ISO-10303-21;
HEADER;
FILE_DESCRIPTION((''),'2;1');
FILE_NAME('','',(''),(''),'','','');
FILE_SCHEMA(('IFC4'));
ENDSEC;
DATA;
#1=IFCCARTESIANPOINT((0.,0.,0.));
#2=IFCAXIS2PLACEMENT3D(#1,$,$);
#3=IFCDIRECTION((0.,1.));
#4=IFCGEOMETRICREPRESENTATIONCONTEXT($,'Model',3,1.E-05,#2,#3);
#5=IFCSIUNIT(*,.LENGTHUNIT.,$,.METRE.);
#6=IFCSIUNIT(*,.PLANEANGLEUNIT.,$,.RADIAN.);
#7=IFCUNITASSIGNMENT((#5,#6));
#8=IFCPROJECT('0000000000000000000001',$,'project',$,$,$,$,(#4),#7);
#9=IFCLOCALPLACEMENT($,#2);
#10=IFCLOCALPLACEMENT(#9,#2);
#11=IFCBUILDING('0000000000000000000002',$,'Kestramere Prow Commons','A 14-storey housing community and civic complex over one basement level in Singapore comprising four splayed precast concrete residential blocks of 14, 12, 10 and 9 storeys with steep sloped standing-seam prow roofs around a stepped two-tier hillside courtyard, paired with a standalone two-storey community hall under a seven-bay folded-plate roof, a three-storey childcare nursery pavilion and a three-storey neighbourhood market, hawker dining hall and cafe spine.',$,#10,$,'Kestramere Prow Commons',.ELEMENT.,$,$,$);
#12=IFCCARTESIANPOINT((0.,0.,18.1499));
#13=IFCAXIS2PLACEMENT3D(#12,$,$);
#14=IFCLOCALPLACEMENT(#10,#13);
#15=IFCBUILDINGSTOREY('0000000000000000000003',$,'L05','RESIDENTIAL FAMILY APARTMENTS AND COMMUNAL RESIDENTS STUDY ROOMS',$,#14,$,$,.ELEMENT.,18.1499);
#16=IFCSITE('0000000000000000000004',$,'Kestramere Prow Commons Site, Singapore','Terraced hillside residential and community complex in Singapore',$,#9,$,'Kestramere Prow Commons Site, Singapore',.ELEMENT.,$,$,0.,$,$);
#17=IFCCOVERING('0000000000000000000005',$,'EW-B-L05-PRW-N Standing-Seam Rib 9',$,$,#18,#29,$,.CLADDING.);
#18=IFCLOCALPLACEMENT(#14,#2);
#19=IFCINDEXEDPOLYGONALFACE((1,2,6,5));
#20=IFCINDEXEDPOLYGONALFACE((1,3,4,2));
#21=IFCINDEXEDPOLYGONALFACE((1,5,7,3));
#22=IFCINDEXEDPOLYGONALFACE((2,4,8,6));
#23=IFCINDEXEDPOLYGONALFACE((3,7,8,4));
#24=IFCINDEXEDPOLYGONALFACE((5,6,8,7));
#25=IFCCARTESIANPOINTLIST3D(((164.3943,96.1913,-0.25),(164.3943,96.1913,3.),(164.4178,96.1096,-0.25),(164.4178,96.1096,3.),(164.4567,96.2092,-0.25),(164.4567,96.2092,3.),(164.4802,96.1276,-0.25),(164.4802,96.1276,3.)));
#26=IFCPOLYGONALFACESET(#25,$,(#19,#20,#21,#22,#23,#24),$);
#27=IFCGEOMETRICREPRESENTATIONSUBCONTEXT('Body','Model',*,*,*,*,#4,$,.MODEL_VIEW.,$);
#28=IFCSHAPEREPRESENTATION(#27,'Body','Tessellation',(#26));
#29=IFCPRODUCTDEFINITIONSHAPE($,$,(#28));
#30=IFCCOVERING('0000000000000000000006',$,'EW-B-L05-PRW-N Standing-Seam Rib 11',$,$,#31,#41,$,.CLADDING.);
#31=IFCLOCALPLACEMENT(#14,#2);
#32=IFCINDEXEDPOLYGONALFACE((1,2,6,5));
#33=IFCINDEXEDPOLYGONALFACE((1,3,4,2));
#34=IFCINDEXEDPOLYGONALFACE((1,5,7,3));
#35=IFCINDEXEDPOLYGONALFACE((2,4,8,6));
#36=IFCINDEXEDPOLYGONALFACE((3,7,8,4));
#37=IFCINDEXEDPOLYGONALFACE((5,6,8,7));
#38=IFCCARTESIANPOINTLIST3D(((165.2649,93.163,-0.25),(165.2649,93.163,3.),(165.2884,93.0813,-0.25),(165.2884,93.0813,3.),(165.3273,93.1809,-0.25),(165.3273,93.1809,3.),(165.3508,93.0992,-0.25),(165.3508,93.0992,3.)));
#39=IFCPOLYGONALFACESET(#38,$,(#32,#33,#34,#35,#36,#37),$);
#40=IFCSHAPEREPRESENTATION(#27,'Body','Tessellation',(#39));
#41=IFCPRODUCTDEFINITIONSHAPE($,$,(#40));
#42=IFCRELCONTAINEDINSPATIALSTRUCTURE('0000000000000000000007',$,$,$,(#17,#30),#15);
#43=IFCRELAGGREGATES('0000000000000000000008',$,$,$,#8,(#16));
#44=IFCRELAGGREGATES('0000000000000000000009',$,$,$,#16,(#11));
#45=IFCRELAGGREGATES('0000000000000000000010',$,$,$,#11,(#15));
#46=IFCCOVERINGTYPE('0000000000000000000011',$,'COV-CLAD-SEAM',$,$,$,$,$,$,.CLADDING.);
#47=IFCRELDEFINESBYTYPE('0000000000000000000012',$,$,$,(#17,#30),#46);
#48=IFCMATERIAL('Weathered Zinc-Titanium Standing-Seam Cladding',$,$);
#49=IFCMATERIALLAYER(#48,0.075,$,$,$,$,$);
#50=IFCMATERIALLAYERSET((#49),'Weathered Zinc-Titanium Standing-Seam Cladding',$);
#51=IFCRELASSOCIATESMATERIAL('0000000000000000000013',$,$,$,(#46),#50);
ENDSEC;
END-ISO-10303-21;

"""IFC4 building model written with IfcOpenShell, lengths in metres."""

from ifc_helpers import new_model, si_unit, direction, frame, origin, origin_2d, place, context, subcontext, project, spatial, rectangle, extrude, material, layer, layer_set, type_object, element, save


model = new_model("IFC4")

# Units and contexts
model_context = context("Model", 3, precision=1e-05, world=origin(), true_north=direction((0.0, 1.0)))
body_context = subcontext(model_context, "Body", "Model", "MODEL_VIEW")
ifc_project = project(units=[si_unit("LENGTHUNIT", "METRE"), si_unit("PLANEANGLEUNIT", "RADIAN")], contexts=[model_context])

# Site, building, storey
site_placement = place(None, origin())
site = spatial("IfcSite", under=ifc_project, at=site_placement, Name="Kestramere Prow Commons Site, Singapore", Description="Terraced hillside residential and community complex in Singapore", LongName="Kestramere Prow Commons Site, Singapore", CompositionType="ELEMENT", RefElevation=0.0)
building_placement = place(site_placement, origin())
building = spatial("IfcBuilding", under=site, at=building_placement, Name="Kestramere Prow Commons", Description="A 14-storey housing community and civic complex over one basement level in Singapore comprising four splayed precast concrete residential blocks of 14, 12, 10 and 9 storeys with steep sloped standing-seam prow roofs around a stepped two-tier hillside courtyard, paired with a standalone two-storey community hall under a seven-bay folded-plate roof, a three-storey childcare nursery pavilion and a three-storey neighbourhood market, hawker dining hall and cafe spine.", LongName="Kestramere Prow Commons", CompositionType="ELEMENT")
storey_placement = place(building_placement, frame((0.0, 0.0, 18.1499)))
storey = spatial("IfcBuildingStorey", under=building, at=storey_placement, Name="L05", Description="RESIDENTIAL FAMILY APARTMENTS AND COMMUNAL RESIDENTS STUDY ROOMS", CompositionType="ELEMENT", Elevation=18.1499)

# Coverings
ifc_material_1 = material(Name="Weathered Zinc-Titanium Standing-Seam Cladding")
ifc_layer_1 = layer(ifc_material_1, 0.075)
ifc_layer_set_1 = layer_set([ifc_layer_1], Name="Weathered Zinc-Titanium Standing-Seam Cladding")
covering_type = type_object("IfcCoveringType", Name="COV-CLAD-SEAM", PredefinedType="CLADDING", material=ifc_layer_set_1)
for number, where, z_axis, x_axis, name in (
    (1, (164.4373, 96.1594, -0.25), (0.0, 0.0, 1.0), (0.276318, -0.961066, 0.0), "EW-B-L05-PRW-N Standing-Seam Rib 9"),
    (2, (165.3079, 93.1311, -0.25), (0.0, 0.0, 1.0), (0.276318, -0.961066, 0.0), "EW-B-L05-PRW-N Standing-Seam Rib 11"),
):
    element("IfcCovering", number, at=place(storey_placement, frame(where, z_axis=z_axis, x_axis=x_axis)), inside=storey, type_object=covering_type, Name=name, PredefinedType="CLADDING", context=body_context, shape_type="SweptSolid", body=[
        extrude(rectangle(XDim=0.085, YDim=0.0649, at=origin_2d()), origin(), (0.0, 0.0, 1.0), 3.25),
    ])

save(model, "model.ifc")
